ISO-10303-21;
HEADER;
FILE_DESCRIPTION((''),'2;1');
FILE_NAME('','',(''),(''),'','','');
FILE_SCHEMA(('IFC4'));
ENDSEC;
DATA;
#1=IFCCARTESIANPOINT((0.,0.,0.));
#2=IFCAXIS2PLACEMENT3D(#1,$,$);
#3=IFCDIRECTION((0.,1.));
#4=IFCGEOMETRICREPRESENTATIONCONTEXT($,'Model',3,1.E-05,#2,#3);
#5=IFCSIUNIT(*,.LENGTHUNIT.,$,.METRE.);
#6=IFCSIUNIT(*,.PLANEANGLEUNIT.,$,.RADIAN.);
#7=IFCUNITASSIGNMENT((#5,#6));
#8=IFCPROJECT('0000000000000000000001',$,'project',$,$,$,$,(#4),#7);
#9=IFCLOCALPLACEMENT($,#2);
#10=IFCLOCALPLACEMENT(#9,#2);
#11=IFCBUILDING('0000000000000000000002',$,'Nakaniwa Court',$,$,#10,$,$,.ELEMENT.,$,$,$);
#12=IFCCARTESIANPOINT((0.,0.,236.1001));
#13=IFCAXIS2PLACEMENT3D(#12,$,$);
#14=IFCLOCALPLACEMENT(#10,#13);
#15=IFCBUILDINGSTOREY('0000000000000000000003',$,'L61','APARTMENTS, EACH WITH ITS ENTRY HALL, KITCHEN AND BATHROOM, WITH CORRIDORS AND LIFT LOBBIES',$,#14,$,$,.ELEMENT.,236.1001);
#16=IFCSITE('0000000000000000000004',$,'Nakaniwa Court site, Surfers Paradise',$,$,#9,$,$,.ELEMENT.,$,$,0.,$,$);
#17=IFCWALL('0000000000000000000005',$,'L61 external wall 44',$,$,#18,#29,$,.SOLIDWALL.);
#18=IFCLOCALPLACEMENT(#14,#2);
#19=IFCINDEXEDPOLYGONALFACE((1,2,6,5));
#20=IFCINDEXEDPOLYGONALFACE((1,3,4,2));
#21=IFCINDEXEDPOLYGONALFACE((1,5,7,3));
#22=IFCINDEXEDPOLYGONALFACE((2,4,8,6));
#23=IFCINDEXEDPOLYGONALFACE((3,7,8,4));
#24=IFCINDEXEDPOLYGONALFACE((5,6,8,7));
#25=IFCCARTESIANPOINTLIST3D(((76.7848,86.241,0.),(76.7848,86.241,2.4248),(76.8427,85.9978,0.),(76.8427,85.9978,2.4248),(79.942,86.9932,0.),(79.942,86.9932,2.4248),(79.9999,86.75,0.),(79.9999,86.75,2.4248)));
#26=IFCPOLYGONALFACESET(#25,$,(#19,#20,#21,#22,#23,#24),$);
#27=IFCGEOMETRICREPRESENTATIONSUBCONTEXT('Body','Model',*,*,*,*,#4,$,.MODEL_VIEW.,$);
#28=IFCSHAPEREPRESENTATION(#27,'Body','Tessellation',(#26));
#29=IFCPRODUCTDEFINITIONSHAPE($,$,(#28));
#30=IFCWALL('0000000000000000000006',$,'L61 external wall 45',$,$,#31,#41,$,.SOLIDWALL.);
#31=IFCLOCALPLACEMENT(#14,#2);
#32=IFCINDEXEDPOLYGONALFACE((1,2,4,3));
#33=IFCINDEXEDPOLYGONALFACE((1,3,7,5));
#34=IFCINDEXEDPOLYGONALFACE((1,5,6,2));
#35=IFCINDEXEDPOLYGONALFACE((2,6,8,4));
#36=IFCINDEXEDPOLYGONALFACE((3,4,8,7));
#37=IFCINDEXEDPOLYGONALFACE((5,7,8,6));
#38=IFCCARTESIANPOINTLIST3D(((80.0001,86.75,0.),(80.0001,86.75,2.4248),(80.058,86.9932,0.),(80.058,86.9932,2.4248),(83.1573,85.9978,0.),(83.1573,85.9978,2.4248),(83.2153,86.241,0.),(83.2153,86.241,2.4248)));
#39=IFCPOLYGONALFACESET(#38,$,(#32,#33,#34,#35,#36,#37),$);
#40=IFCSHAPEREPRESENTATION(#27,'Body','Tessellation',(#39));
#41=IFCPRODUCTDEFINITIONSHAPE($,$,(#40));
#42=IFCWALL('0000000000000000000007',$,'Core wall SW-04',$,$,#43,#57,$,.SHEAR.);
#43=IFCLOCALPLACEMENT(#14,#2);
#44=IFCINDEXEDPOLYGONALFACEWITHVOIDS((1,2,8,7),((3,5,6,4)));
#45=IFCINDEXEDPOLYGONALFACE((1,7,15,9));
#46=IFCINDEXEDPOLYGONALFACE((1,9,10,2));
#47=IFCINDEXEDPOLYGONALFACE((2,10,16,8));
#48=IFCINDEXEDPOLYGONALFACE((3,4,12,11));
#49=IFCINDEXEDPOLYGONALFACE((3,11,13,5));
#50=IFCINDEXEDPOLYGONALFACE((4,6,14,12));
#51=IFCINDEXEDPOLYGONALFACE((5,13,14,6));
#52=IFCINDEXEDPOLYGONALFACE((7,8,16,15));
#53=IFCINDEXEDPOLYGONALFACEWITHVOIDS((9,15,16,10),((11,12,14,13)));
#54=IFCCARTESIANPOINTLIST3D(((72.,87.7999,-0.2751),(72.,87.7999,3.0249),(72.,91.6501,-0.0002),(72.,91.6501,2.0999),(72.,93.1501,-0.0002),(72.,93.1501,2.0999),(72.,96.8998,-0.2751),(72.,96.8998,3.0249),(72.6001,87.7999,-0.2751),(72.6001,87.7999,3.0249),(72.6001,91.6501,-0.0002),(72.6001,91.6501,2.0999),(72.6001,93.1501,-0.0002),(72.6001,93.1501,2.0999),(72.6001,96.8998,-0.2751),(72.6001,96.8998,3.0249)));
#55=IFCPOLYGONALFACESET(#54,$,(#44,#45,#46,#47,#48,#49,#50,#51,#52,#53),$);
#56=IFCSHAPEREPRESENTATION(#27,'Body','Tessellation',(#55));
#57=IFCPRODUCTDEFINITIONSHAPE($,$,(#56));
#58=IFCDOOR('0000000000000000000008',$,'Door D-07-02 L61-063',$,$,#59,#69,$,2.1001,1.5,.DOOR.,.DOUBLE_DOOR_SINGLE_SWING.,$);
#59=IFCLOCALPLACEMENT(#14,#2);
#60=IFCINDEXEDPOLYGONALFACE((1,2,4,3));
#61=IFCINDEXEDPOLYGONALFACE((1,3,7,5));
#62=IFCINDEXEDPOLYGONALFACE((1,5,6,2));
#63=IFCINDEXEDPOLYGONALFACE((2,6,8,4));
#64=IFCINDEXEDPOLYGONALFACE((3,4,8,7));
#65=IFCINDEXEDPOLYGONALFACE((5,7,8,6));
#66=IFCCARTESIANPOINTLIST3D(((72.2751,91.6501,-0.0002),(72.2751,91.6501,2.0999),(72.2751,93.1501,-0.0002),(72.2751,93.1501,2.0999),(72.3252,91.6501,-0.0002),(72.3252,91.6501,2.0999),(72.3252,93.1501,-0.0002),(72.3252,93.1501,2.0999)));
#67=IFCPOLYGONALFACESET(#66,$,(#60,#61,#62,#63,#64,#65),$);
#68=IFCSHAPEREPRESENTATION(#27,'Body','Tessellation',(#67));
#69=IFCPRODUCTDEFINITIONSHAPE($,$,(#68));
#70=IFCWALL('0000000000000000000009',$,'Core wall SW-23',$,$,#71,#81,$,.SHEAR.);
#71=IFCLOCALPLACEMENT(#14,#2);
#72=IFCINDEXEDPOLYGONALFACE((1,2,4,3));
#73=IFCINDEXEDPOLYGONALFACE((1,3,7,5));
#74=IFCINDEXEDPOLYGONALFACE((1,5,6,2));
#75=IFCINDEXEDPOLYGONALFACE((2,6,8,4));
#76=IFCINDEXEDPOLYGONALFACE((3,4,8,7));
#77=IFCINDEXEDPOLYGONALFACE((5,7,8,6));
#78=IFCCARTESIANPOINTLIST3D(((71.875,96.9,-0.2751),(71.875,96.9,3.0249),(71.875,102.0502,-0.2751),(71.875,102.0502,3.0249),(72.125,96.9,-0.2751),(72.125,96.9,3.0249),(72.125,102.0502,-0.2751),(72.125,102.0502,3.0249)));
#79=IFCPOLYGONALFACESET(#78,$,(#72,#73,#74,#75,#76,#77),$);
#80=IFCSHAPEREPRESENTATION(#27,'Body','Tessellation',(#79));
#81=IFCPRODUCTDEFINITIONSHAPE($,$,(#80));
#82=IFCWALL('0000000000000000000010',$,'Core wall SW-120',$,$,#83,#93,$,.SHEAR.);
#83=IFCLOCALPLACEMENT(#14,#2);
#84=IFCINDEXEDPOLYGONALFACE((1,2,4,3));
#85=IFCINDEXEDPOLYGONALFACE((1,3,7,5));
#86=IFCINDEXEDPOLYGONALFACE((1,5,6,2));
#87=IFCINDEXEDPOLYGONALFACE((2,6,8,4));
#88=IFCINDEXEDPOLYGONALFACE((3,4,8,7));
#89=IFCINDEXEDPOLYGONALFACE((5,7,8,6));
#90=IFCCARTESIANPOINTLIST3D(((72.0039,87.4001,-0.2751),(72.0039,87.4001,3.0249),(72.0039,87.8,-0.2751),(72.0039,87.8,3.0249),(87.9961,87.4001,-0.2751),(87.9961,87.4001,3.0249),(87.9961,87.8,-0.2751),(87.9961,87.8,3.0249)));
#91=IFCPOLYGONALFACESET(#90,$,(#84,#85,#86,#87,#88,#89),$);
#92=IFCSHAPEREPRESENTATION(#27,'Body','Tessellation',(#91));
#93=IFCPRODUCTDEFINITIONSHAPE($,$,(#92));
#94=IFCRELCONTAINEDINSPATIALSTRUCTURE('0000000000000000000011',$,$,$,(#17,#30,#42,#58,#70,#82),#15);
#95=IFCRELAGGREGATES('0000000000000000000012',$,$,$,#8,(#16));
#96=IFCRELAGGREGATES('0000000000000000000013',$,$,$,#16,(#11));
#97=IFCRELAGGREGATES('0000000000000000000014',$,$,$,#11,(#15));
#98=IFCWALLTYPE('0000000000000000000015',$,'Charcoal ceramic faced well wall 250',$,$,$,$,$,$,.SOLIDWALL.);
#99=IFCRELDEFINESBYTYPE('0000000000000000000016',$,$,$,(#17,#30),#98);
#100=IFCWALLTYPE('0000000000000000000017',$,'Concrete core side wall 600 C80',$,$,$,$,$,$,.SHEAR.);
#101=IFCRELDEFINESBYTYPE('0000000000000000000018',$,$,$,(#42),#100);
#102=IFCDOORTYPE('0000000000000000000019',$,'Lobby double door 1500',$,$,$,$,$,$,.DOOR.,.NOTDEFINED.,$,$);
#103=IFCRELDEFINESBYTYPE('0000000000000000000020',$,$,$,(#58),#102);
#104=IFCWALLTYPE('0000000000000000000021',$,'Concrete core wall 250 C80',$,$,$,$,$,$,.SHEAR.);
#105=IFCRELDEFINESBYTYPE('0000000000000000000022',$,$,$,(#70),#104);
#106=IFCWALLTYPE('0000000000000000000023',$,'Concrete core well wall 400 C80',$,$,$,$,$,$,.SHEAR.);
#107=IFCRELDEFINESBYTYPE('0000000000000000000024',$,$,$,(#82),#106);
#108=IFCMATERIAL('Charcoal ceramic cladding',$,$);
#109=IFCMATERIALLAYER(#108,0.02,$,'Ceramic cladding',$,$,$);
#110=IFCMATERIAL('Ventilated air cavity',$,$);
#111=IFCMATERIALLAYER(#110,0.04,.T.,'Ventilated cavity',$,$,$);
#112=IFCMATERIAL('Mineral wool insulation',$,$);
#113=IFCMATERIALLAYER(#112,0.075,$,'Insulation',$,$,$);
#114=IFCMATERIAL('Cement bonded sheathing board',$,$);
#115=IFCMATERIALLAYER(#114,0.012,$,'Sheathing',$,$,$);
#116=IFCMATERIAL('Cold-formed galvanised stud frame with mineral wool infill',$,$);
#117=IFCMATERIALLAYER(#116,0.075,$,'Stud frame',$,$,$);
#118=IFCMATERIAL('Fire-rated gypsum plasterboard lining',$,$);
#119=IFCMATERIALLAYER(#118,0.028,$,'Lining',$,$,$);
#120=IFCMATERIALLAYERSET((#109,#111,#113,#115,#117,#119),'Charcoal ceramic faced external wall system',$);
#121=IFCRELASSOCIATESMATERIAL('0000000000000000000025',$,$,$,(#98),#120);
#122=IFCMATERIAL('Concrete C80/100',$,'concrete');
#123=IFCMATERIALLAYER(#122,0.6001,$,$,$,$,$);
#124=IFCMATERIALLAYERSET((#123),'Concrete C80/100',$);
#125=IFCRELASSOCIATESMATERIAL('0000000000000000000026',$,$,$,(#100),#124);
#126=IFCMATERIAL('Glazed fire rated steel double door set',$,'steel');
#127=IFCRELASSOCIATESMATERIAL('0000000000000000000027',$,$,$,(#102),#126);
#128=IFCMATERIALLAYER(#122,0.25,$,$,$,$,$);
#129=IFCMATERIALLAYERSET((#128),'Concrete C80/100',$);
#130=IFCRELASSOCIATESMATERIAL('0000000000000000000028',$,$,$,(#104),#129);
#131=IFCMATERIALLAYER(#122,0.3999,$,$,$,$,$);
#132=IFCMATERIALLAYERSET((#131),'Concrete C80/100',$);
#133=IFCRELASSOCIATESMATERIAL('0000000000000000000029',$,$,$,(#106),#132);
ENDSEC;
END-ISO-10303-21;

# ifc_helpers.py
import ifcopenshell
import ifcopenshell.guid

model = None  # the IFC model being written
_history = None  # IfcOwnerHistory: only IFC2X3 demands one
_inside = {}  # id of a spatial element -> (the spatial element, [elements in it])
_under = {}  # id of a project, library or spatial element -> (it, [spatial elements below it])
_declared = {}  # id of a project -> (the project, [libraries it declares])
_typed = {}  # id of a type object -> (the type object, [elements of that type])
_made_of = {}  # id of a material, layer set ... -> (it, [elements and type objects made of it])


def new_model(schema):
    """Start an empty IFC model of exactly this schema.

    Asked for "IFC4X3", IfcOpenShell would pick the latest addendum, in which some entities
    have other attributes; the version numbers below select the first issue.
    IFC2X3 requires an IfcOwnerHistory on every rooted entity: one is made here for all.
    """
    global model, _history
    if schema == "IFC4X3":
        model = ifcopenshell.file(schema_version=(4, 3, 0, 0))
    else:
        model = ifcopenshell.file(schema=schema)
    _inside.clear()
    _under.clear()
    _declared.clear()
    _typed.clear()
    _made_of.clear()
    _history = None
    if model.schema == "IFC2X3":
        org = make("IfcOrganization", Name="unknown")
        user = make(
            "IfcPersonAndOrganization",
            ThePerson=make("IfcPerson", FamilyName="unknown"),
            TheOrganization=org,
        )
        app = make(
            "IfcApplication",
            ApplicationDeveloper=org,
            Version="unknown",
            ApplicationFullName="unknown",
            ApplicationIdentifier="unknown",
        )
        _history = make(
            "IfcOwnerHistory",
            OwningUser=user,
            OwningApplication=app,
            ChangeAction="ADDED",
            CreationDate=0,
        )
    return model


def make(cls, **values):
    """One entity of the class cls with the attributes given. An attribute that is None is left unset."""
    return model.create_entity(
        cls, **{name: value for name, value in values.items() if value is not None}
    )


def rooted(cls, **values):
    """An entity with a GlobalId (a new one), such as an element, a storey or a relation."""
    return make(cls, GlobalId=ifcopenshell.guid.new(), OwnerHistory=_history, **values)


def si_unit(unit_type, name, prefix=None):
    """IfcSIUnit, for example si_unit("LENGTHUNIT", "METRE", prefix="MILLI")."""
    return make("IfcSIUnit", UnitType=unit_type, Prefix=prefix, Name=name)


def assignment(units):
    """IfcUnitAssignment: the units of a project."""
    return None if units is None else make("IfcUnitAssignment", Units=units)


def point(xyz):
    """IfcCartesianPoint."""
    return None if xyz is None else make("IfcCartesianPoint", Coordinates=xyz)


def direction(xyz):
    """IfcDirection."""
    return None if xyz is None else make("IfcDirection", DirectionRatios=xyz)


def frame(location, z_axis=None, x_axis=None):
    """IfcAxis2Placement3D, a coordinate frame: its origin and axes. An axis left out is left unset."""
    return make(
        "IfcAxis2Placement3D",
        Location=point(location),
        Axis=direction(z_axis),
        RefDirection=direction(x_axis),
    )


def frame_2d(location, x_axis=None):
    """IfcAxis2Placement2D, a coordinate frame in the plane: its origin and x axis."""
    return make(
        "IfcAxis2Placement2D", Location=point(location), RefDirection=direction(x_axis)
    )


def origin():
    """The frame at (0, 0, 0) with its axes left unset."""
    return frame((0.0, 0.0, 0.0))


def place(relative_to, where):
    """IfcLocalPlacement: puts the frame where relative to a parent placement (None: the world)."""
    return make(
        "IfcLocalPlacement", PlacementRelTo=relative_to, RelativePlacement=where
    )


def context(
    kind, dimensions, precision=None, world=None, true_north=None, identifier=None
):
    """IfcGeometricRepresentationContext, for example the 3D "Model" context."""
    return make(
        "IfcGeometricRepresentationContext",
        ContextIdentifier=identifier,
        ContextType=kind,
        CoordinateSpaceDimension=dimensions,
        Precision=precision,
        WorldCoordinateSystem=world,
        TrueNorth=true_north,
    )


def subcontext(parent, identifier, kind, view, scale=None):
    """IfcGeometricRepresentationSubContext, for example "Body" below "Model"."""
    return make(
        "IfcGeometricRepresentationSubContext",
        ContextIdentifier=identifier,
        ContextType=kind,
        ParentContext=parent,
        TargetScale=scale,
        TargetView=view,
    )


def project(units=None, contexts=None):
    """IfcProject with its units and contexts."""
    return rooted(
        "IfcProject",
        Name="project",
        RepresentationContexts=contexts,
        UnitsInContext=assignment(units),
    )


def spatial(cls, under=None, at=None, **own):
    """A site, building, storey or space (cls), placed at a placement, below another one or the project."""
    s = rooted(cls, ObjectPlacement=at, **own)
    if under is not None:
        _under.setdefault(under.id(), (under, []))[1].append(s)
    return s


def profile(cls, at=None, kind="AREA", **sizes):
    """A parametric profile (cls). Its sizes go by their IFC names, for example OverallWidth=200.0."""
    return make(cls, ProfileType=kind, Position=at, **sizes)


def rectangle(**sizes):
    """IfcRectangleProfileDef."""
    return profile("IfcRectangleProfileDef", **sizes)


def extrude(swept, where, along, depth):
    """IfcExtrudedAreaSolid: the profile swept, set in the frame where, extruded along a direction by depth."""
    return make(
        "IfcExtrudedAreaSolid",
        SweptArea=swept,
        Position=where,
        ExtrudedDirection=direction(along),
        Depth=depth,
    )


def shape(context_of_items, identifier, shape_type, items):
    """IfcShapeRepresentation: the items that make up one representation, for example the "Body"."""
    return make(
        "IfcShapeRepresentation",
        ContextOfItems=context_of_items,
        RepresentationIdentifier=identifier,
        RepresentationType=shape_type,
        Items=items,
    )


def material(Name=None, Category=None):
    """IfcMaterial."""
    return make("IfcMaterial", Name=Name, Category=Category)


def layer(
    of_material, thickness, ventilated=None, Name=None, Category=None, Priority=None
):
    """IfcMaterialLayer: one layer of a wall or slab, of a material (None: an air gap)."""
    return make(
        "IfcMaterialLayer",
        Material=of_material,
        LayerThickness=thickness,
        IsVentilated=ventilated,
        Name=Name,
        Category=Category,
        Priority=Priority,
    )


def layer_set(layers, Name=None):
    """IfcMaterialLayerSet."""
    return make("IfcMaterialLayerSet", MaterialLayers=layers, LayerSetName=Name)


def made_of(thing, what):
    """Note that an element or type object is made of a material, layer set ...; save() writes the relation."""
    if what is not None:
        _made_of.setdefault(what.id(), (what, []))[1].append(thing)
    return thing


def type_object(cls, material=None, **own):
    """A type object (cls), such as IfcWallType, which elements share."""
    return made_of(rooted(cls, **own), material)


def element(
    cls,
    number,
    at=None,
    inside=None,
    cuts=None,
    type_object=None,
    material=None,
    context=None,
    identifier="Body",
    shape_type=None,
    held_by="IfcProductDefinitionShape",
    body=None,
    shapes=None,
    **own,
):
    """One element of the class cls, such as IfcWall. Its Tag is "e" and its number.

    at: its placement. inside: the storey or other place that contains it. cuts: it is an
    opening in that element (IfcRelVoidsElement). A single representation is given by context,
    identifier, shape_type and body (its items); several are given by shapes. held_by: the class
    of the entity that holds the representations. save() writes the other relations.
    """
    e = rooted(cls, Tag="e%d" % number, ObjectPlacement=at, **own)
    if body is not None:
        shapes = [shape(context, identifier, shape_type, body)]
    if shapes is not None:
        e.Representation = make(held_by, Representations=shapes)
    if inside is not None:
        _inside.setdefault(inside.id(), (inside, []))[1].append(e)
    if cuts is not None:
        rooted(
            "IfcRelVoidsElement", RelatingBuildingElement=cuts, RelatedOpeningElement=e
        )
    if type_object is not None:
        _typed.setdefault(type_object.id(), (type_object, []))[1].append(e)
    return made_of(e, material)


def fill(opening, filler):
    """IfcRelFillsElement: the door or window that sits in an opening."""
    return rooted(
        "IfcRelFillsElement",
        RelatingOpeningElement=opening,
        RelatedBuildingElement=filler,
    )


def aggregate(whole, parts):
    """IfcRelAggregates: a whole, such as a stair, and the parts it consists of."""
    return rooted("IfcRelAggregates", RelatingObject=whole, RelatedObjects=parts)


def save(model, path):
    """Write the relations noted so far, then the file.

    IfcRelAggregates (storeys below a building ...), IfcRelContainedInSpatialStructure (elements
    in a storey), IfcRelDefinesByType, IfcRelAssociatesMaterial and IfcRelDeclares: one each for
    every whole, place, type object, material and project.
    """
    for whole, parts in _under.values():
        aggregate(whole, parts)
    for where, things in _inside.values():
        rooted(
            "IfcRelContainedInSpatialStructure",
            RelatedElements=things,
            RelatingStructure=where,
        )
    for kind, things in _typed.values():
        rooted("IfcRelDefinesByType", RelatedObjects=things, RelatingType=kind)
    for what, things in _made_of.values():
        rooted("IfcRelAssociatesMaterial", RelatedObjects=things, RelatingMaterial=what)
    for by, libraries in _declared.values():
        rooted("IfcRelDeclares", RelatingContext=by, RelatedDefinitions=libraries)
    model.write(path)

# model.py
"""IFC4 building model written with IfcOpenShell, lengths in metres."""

from ifc_helpers import new_model, si_unit, direction, frame, frame_2d, origin, place, context, subcontext, project, spatial, rectangle, extrude, material, layer, layer_set, type_object, element, fill, save


model = new_model("IFC4")

# Units and contexts
model_context = context("Model", 3, precision=1e-05, world=origin(), true_north=direction((0.0, 1.0)))
body_context = subcontext(model_context, "Body", "Model", "MODEL_VIEW")
ifc_project = project(units=[si_unit("LENGTHUNIT", "METRE"), si_unit("PLANEANGLEUNIT", "RADIAN")], contexts=[model_context])

# Site, building, storey
site_placement = place(None, origin())
site = spatial("IfcSite", under=ifc_project, at=site_placement, Name="Nakaniwa Court site, Surfers Paradise", CompositionType="ELEMENT", RefElevation=0.0)
building_placement = place(site_placement, origin())
building = spatial("IfcBuilding", under=site, at=building_placement, Name="Nakaniwa Court", CompositionType="ELEMENT")
storey_placement = place(building_placement, frame((0.0, 0.0, 236.1001)))
storey = spatial("IfcBuildingStorey", under=building, at=storey_placement, Name="L61", Description="APARTMENTS, EACH WITH ITS ENTRY HALL, KITCHEN AND BATHROOM, WITH CORRIDORS AND LIFT LOBBIES", CompositionType="ELEMENT", Elevation=236.1001)

# Shared definitions
ifc_material_1 = material(Name="Concrete C80/100", Category="concrete")

# Walls
ifc_material_2 = material(Name="Charcoal ceramic cladding")
ifc_layer_1 = layer(ifc_material_2, 0.02, Name="Ceramic cladding")
ifc_material_3 = material(Name="Ventilated air cavity")
ifc_layer_2 = layer(ifc_material_3, 0.04, ventilated=True, Name="Ventilated cavity")
ifc_material_4 = material(Name="Mineral wool insulation")
ifc_layer_3 = layer(ifc_material_4, 0.075, Name="Insulation")
ifc_material_5 = material(Name="Cement bonded sheathing board")
ifc_layer_4 = layer(ifc_material_5, 0.012, Name="Sheathing")
ifc_material_6 = material(Name="Cold-formed galvanised stud frame with mineral wool infill")
ifc_layer_5 = layer(ifc_material_6, 0.075, Name="Stud frame")
ifc_material_7 = material(Name="Fire-rated gypsum plasterboard lining")
ifc_layer_6 = layer(ifc_material_7, 0.028, Name="Lining")
ifc_layer_set_1 = layer_set([ifc_layer_1, ifc_layer_2, ifc_layer_3, ifc_layer_4, ifc_layer_5, ifc_layer_6], Name="Charcoal ceramic faced external wall system")
wall_type_1 = type_object("IfcWallType", Name="Charcoal ceramic faced well wall 250", PredefinedType="SOLIDWALL", material=ifc_layer_set_1)
for number, where, z_axis, x_axis, name in (
    (1, (76.8137, 86.1194, 0.0), (0.0, 0.0, 1.0), (0.972773, 0.23176, 0.0), "L61 external wall 44"),
    (2, (80.0291, 86.8716, 0.0), (0.0, 0.0, 1.0), (0.972773, -0.23176, 0.0), "L61 external wall 45"),
):
    element("IfcWall", number, at=place(storey_placement, frame(where, z_axis=z_axis, x_axis=x_axis)), inside=storey, type_object=wall_type_1, Name=name, PredefinedType="SOLIDWALL", context=body_context, shape_type="SweptSolid", body=[
        extrude(rectangle(XDim=3.2456, YDim=0.25, at=frame_2d((1.6228, 0.0))), origin(), (0.0, 0.0, 1.0), 2.4248),
    ])

# Wall, opening, door
ifc_layer_7 = layer(ifc_material_1, 0.6001)
ifc_layer_set_2 = layer_set([ifc_layer_7], Name="Concrete C80/100")
wall_type_2 = type_object("IfcWallType", Name="Concrete core side wall 600 C80", PredefinedType="SHEAR", material=ifc_layer_set_2)
wall_1_placement = place(storey_placement, frame((72.3, 87.8, -0.2751), z_axis=(0.0, 0.0, 1.0), x_axis=(0.0, 1.0, 0.0)))
wall_1 = element("IfcWall", 3, at=wall_1_placement, inside=storey, type_object=wall_type_2, Name="Core wall SW-04", PredefinedType="SHEAR", context=body_context, shape_type="SweptSolid", body=[
    extrude(rectangle(XDim=9.0999, YDim=0.6001, at=frame_2d((4.5498, 0.0))), origin(), (0.0, 0.0, 1.0), 3.3),
])
opening_1_placement = place(wall_1_placement, frame((3.8501, 0.0, 0.2749)))
opening_1 = element("IfcOpeningElement", 4, at=opening_1_placement, cuts=wall_1, PredefinedType="OPENING", context=body_context, shape_type="SweptSolid", body=[
    extrude(rectangle(XDim=1.5, YDim=2.1001, at=frame_2d((0.75, 1.05))), frame((0.0, 0.3101, 0.0), z_axis=(0.0, -1.0, 0.0), x_axis=(1.0, 0.0, 0.0)), (0.0, 0.0, 1.0), 0.6201),
])
ifc_material_8 = material(Name="Glazed fire rated steel double door set", Category="steel")
door_type_1 = type_object("IfcDoorType", Name="Lobby double door 1500", OperationType="NOTDEFINED", PredefinedType="DOOR", material=ifc_material_8)
door_1_placement = place(opening_1_placement, origin())
door_1 = element("IfcDoor", 5, at=door_1_placement, inside=storey, type_object=door_type_1, Name="Door D-07-02 L61-063", OperationType="DOUBLE_DOOR_SINGLE_SWING", OverallHeight=2.1001, OverallWidth=1.5, PredefinedType="DOOR", context=body_context, shape_type="SweptSolid", body=[
    extrude(rectangle(XDim=1.5, YDim=2.1001, at=frame_2d((0.75, 1.05))), frame((0.0, 0.0249, 0.0), z_axis=(0.0, -1.0, 0.0), x_axis=(1.0, 0.0, 0.0)), (0.0, 0.0, 1.0), 0.05),
])
fill(opening_1, door_1)

# Walls
ifc_layer_8 = layer(ifc_material_1, 0.25)
ifc_layer_set_3 = layer_set([ifc_layer_8], Name="Concrete C80/100")
wall_type_3 = type_object("IfcWallType", Name="Concrete core wall 250 C80", PredefinedType="SHEAR", material=ifc_layer_set_3)
wall_2_placement = place(storey_placement, frame((72.0, 96.8999, -0.2751), z_axis=(0.0, 0.0, 1.0), x_axis=(0.0, 1.0, 0.0)))
element("IfcWall", 6, at=wall_2_placement, inside=storey, type_object=wall_type_3, Name="Core wall SW-23", PredefinedType="SHEAR", context=body_context, shape_type="SweptSolid", body=[
    extrude(rectangle(XDim=5.1501, YDim=0.25, at=frame_2d((2.5752, 0.0))), origin(), (0.0, 0.0, 1.0), 3.3),
])
ifc_layer_9 = layer(ifc_material_1, 0.3999)
ifc_layer_set_4 = layer_set([ifc_layer_9], Name="Concrete C80/100")
wall_type_4 = type_object("IfcWallType", Name="Concrete core well wall 400 C80", PredefinedType="SHEAR", material=ifc_layer_set_4)
wall_3_placement = place(storey_placement, frame((72.0039, 87.6001, -0.2751), z_axis=(0.0, 0.0, 1.0), x_axis=(1.0, 0.0, 0.0)))
element("IfcWall", 7, at=wall_3_placement, inside=storey, type_object=wall_type_4, Name="Core wall SW-120", PredefinedType="SHEAR", context=body_context, shape_type="SweptSolid", body=[
    extrude(rectangle(XDim=15.9922, YDim=0.3999, at=frame_2d((7.9961, 0.0))), origin(), (0.0, 0.0, 1.0), 3.3),
])

save(model, "model.ifc")
